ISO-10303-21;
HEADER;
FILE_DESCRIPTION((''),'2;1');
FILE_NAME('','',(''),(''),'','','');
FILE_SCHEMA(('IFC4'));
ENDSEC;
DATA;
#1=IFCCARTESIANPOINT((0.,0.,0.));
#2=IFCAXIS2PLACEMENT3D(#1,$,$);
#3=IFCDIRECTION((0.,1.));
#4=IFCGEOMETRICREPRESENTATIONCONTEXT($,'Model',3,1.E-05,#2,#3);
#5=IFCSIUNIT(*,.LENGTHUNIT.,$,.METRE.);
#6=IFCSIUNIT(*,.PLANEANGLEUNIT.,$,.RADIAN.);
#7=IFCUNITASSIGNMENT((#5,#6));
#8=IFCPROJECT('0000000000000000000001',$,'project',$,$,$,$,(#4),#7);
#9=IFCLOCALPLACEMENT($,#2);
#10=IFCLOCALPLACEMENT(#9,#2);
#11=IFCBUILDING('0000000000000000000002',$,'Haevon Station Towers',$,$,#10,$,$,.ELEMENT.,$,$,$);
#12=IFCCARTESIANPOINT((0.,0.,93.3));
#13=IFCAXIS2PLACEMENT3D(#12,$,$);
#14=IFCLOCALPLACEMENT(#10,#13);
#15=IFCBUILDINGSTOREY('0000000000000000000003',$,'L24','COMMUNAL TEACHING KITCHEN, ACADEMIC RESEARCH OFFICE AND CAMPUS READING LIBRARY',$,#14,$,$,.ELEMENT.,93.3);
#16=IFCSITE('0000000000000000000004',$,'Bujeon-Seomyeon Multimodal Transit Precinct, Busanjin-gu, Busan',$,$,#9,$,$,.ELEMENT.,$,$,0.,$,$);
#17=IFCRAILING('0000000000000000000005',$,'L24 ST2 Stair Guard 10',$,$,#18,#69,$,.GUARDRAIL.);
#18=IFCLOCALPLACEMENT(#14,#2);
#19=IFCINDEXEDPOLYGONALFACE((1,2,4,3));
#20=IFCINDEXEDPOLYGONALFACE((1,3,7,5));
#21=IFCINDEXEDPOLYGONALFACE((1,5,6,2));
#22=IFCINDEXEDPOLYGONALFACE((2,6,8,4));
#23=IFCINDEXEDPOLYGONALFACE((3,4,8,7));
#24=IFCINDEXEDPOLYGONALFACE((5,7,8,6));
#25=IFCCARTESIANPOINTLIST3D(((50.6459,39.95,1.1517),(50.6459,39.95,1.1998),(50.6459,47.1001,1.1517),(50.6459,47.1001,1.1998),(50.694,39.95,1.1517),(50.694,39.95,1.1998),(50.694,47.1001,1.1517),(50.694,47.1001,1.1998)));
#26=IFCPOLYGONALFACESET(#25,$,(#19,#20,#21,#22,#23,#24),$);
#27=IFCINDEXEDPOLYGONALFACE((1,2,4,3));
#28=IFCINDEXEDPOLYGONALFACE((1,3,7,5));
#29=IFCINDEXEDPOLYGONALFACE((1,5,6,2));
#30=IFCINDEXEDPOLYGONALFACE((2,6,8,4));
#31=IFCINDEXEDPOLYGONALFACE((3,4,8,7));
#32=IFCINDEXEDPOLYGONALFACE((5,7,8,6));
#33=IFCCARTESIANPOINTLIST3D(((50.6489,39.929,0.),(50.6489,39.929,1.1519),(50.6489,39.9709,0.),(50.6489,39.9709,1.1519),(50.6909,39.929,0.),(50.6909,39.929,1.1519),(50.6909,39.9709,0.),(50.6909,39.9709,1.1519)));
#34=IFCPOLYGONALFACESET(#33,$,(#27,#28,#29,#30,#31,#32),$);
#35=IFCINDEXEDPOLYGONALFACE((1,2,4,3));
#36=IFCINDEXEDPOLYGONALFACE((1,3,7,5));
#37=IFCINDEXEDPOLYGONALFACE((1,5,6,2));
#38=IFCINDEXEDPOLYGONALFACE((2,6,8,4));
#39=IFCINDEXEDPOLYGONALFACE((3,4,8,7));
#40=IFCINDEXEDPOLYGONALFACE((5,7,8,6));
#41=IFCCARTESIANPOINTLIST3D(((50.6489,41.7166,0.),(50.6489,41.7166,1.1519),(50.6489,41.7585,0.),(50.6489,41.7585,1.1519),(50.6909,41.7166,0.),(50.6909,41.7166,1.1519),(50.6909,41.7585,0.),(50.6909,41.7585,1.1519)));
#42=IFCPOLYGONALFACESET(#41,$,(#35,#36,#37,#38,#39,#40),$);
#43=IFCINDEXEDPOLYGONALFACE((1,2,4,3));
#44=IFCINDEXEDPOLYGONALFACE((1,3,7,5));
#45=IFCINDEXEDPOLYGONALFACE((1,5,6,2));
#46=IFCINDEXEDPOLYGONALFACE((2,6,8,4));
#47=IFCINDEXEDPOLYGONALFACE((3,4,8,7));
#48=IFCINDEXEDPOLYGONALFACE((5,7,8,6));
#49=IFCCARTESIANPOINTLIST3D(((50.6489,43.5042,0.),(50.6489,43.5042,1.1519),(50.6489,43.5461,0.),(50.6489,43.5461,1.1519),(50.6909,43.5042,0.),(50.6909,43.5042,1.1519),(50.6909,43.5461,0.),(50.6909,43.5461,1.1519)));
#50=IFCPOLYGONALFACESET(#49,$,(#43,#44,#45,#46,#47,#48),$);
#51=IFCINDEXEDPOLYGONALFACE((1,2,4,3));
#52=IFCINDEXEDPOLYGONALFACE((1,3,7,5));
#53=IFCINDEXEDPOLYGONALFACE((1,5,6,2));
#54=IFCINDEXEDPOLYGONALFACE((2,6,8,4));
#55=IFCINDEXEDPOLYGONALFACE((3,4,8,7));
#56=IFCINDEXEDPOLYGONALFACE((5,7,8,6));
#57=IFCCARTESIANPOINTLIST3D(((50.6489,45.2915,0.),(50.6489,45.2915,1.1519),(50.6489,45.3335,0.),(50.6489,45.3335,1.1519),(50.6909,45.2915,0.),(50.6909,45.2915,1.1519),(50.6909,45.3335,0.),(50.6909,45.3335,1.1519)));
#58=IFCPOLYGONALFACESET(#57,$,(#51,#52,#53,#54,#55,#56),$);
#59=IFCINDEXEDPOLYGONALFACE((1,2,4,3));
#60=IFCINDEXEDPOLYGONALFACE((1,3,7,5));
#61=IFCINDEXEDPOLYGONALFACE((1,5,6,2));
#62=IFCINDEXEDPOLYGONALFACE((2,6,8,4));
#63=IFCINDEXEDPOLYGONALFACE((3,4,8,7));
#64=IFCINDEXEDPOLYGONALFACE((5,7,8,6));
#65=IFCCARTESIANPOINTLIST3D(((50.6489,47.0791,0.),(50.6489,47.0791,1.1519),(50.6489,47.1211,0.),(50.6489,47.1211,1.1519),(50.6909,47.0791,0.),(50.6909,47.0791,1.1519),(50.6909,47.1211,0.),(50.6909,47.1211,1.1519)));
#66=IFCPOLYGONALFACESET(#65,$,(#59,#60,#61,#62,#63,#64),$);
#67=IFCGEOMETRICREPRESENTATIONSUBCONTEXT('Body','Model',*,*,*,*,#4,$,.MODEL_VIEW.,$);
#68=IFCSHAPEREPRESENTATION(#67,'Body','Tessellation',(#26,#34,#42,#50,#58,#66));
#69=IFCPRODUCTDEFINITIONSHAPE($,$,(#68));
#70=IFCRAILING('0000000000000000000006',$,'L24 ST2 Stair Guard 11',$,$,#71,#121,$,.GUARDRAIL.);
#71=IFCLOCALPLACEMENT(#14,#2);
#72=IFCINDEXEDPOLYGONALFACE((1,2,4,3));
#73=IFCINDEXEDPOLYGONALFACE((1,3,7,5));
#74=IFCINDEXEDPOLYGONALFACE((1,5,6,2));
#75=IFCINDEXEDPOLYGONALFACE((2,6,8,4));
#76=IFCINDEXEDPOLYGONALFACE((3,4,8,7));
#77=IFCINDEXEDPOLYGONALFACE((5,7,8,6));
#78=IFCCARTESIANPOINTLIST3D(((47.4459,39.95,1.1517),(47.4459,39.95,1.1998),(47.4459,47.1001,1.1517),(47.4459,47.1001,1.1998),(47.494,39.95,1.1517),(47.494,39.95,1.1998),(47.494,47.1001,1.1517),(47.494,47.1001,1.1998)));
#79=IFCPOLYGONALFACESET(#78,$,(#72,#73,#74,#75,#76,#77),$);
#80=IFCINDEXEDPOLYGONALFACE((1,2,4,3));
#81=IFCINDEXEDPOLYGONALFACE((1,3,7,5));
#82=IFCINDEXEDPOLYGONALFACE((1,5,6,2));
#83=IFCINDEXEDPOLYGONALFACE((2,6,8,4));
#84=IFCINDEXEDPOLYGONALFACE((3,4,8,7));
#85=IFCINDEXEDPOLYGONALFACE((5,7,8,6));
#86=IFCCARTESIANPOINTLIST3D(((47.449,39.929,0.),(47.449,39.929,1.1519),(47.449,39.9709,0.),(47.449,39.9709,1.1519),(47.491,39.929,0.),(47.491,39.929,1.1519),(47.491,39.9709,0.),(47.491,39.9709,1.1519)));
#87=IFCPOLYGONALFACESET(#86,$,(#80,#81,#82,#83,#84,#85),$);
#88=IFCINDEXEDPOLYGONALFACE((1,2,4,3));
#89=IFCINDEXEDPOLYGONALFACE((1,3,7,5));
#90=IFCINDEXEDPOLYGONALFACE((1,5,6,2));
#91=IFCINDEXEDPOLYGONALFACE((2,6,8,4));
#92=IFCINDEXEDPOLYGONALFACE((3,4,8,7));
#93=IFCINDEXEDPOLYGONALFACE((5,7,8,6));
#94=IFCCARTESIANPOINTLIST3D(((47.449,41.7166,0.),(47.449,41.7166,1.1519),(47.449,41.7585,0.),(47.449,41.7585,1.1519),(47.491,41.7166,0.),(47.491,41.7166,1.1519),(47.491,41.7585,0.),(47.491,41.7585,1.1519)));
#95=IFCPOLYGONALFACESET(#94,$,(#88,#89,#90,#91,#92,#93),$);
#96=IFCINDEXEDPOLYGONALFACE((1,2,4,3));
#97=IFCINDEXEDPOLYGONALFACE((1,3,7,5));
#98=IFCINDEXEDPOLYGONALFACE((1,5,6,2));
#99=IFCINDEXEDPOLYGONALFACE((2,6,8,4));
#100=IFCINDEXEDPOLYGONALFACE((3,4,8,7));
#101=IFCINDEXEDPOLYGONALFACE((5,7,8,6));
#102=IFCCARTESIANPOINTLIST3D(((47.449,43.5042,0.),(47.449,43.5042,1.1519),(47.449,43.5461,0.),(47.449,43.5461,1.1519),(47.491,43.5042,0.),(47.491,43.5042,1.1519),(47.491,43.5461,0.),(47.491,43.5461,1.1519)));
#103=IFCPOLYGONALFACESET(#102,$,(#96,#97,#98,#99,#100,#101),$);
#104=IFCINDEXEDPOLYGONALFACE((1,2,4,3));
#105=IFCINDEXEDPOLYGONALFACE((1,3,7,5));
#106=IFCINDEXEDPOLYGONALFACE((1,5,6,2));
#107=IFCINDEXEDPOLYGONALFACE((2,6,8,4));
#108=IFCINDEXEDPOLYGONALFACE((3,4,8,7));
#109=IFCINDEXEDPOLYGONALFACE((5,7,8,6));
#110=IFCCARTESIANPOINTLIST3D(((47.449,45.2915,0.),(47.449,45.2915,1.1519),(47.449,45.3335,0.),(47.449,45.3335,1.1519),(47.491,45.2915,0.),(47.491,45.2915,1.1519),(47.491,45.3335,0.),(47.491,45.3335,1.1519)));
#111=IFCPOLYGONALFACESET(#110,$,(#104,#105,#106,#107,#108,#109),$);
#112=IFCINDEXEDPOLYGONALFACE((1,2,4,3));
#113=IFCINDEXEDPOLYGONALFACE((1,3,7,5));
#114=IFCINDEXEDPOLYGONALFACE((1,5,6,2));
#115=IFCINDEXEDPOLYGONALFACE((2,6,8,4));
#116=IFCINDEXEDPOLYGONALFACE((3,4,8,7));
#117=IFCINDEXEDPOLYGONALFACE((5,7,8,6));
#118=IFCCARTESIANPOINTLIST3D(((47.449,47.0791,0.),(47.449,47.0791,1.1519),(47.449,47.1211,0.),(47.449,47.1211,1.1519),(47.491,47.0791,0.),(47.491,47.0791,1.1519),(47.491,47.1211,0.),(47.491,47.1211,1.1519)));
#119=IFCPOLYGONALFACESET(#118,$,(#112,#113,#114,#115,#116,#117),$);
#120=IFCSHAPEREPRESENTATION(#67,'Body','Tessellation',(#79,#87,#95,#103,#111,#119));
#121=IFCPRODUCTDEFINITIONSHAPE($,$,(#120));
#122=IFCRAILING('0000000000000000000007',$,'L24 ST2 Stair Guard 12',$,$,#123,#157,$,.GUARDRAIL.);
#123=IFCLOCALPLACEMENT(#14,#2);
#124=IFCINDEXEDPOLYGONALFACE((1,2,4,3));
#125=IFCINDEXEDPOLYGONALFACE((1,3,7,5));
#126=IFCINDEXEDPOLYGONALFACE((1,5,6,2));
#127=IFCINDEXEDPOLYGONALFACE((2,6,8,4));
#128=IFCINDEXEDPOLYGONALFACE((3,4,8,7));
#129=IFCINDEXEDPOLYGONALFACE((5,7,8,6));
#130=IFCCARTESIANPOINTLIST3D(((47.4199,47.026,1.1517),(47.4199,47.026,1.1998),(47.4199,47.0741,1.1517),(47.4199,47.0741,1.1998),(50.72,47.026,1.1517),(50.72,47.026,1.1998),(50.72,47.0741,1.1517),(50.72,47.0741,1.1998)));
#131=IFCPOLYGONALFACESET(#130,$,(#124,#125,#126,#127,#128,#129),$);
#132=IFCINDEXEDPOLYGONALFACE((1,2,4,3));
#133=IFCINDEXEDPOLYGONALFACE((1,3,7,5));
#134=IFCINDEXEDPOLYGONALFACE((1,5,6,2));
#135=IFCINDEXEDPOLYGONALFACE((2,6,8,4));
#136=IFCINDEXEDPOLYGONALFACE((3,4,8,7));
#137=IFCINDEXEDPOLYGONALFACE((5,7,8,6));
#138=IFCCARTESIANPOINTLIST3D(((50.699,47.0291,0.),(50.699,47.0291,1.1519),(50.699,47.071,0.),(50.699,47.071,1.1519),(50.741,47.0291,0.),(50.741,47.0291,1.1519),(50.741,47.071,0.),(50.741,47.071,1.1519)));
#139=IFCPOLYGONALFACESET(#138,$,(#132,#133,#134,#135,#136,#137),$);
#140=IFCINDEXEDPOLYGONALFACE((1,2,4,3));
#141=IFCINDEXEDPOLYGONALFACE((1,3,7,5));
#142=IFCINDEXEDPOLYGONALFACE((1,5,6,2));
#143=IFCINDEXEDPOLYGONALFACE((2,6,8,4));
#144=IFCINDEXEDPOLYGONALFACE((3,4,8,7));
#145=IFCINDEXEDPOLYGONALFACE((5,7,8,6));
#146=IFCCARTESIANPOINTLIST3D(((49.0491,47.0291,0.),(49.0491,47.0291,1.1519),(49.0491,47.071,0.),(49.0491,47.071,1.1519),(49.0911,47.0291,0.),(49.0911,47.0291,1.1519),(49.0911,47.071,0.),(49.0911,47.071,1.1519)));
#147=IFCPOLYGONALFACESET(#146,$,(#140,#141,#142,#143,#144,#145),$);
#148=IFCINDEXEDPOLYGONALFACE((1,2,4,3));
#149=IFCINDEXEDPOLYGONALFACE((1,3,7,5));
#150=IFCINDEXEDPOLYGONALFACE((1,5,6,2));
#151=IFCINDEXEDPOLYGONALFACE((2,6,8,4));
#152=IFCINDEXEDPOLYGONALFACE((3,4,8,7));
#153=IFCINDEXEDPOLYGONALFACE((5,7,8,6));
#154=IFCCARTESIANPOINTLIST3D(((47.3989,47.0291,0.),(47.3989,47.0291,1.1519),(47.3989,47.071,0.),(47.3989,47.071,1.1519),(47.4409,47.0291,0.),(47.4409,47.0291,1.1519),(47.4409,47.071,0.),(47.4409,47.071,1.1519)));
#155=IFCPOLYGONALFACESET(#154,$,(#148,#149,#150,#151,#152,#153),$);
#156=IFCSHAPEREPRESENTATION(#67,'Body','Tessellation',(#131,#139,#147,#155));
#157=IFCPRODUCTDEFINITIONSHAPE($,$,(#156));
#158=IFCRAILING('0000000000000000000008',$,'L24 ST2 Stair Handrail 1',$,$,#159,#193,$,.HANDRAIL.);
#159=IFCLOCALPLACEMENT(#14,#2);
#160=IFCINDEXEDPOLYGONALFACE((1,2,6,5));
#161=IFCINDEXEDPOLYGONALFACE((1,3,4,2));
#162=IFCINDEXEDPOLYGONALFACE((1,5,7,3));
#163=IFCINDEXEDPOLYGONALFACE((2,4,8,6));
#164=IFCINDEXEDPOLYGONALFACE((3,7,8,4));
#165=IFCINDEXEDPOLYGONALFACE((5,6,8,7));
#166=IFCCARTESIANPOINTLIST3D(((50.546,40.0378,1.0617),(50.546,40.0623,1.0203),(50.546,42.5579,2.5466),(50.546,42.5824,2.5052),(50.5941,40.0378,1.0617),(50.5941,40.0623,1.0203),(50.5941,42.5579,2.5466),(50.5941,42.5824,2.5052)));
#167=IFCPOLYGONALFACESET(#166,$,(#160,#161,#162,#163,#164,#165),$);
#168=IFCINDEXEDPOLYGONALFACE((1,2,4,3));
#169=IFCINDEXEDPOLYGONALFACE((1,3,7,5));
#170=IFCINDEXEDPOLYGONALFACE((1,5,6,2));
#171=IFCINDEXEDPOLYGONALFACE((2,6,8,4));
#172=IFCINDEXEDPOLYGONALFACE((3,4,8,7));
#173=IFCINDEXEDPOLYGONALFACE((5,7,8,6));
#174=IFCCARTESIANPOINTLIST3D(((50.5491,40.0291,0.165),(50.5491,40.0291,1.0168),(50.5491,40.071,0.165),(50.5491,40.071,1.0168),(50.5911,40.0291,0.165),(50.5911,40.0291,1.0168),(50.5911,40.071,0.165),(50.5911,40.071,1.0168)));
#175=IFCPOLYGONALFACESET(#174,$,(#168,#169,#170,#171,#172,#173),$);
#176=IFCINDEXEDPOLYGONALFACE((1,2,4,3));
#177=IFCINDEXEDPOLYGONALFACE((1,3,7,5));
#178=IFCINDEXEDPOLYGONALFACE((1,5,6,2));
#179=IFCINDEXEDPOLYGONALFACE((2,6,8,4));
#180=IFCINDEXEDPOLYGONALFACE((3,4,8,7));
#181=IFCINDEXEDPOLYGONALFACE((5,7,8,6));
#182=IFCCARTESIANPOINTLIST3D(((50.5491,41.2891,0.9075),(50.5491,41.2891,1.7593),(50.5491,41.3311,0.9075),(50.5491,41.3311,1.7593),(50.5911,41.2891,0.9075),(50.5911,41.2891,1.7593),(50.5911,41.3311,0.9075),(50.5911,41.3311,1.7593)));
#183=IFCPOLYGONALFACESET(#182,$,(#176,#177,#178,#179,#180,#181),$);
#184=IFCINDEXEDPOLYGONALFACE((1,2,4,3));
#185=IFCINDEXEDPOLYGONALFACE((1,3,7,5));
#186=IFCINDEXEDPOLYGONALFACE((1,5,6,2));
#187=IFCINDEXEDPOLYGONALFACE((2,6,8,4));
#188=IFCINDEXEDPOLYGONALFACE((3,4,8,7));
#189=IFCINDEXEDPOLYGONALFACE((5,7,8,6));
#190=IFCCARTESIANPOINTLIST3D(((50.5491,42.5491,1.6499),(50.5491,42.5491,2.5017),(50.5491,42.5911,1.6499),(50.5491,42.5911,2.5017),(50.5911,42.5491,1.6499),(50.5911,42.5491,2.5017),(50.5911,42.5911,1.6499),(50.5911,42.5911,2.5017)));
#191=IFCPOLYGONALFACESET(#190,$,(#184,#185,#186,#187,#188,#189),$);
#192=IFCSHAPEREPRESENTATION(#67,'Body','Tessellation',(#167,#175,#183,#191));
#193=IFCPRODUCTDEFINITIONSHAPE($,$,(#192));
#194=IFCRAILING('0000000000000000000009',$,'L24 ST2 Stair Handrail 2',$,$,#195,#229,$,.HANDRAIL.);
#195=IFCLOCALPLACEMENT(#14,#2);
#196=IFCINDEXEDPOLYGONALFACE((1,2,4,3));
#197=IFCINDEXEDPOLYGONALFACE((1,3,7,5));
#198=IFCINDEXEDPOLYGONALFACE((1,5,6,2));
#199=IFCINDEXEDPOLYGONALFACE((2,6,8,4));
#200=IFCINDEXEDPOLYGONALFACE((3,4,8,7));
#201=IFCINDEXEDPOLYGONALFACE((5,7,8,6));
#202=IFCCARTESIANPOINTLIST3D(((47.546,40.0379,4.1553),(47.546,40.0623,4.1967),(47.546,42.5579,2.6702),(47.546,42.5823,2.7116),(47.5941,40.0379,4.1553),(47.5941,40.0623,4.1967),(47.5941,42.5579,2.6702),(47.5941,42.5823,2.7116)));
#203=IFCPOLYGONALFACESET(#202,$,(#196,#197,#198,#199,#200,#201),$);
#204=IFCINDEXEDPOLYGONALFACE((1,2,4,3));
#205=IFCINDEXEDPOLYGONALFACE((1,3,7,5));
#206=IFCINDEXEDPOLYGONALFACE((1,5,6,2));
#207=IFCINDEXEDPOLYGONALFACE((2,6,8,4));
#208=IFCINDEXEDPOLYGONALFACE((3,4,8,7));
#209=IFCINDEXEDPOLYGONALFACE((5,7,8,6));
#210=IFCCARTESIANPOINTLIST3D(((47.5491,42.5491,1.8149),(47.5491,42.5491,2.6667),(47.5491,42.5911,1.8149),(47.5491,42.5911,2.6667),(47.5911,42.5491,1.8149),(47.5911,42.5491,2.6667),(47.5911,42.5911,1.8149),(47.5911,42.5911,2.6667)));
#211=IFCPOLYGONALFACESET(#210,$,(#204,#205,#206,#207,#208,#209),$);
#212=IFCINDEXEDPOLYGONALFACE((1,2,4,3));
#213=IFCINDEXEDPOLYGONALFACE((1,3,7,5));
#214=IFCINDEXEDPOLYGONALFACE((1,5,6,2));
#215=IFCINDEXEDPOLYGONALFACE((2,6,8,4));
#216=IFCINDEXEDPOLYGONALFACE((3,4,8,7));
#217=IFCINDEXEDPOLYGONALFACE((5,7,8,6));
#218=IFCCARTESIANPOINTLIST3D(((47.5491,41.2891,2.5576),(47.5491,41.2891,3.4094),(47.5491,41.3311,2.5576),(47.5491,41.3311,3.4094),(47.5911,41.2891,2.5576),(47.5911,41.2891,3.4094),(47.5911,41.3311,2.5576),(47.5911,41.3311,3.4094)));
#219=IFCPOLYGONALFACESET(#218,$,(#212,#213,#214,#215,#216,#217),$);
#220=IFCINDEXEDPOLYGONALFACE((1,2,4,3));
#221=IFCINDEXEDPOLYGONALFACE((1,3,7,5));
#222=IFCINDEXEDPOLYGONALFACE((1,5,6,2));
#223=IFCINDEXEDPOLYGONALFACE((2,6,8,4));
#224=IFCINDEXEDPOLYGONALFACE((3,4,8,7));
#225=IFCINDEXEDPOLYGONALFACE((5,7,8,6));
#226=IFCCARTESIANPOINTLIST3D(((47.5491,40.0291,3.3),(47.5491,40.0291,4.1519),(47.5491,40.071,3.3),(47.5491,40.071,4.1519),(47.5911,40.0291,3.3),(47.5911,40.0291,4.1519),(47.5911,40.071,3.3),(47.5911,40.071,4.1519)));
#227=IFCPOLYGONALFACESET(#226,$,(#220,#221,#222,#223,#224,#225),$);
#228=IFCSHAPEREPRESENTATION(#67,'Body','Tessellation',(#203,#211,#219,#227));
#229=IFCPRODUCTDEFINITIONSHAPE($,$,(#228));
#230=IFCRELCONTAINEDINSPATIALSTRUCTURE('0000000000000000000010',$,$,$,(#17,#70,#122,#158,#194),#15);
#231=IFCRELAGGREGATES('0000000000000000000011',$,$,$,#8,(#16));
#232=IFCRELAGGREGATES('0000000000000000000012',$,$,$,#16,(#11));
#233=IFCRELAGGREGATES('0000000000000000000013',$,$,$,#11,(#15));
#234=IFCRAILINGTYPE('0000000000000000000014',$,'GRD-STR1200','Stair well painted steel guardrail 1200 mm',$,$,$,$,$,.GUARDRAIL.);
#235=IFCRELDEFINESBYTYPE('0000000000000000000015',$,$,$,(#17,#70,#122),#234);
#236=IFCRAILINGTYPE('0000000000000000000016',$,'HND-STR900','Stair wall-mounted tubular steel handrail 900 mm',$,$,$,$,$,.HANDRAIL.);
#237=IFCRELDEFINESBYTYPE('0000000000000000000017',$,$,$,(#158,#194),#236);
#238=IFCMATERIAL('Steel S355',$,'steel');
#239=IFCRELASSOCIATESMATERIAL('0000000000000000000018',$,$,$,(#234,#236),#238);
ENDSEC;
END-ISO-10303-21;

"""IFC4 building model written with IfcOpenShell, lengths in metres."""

from ifc_helpers import new_model, si_unit, direction, frame, origin, origin_2d, place, context, subcontext, project, spatial, rectangle, extrude, material, type_object, element, save


model = new_model("IFC4")

# Units and contexts
model_context = context("Model", 3, precision=1e-05, world=origin(), true_north=direction((0.0, 1.0)))
body_context = subcontext(model_context, "Body", "Model", "MODEL_VIEW")
ifc_project = project(units=[si_unit("LENGTHUNIT", "METRE"), si_unit("PLANEANGLEUNIT", "RADIAN")], contexts=[model_context])

# Site, building, storey
site_placement = place(None, origin())
site = spatial("IfcSite", under=ifc_project, at=site_placement, Name="Bujeon-Seomyeon Multimodal Transit Precinct, Busanjin-gu, Busan", CompositionType="ELEMENT", RefElevation=0.0)
building_placement = place(site_placement, origin())
building = spatial("IfcBuilding", under=site, at=building_placement, Name="Haevon Station Towers", CompositionType="ELEMENT")
storey_placement = place(building_placement, frame((0.0, 0.0, 93.3)))
storey = spatial("IfcBuildingStorey", under=building, at=storey_placement, Name="L24", Description="COMMUNAL TEACHING KITCHEN, ACADEMIC RESEARCH OFFICE AND CAMPUS READING LIBRARY", CompositionType="ELEMENT", Elevation=93.3)

# Shared definitions
ifc_material_1 = material(Name="Steel S355", Category="steel")

# Railings
railing_type_1 = type_object("IfcRailingType", Name="GRD-STR1200", Description="Stair well painted steel guardrail 1200 mm", PredefinedType="GUARDRAIL", material=ifc_material_1)
for number, where, name in (
    (1, (50.6699, 39.95, 0.0), "L24 ST2 Stair Guard 10"),
    (2, (47.47, 39.95, 0.0), "L24 ST2 Stair Guard 11"),
):
    element("IfcRailing", number, at=place(storey_placement, frame(where)), inside=storey, type_object=railing_type_1, Name=name, PredefinedType="GUARDRAIL", context=body_context, shape_type="SweptSolid", body=[
        extrude(rectangle(XDim=0.0481, YDim=0.0481, at=origin_2d()), frame((0.0, 0.0, 1.1758), z_axis=(0.0, 1.0, 0.0), x_axis=(-1.0, 0.0, 0.0)), (0.0, 0.0, 1.0), 7.1501),
        extrude(rectangle(XDim=0.042, YDim=0.042, at=origin_2d()), origin(), (0.0, 0.0, 1.0), 1.1519),
        extrude(rectangle(XDim=0.042, YDim=0.042, at=origin_2d()), frame((0.0, 1.7876, 0.0)), (0.0, 0.0, 1.0), 1.1519),
        extrude(rectangle(XDim=0.042, YDim=0.042, at=origin_2d()), frame((0.0, 3.5752, 0.0)), (0.0, 0.0, 1.0), 1.1519),
        extrude(rectangle(XDim=0.042, YDim=0.042, at=origin_2d()), frame((0.0, 5.3625, 0.0)), (0.0, 0.0, 1.0), 1.1519),
        extrude(rectangle(XDim=0.042, YDim=0.042, at=origin_2d()), frame((0.0, 7.1501, 0.0)), (0.0, 0.0, 1.0), 1.1519),
    ])
railing_1_placement = place(storey_placement, frame((50.72, 47.05, 0.0)))
element("IfcRailing", 3, at=railing_1_placement, inside=storey, type_object=railing_type_1, Name="L24 ST2 Stair Guard 12", PredefinedType="GUARDRAIL", context=body_context, shape_type="SweptSolid", body=[
    extrude(rectangle(XDim=0.0481, YDim=0.0481, at=origin_2d()), frame((0.0, 0.0, 1.1758), z_axis=(-1.0, 0.0, 0.0), x_axis=(0.0, -1.0, 0.0)), (0.0, 0.0, 1.0), 3.3),
    extrude(rectangle(XDim=0.042, YDim=0.042, at=origin_2d()), origin(), (0.0, 0.0, 1.0), 1.1519),
    extrude(rectangle(XDim=0.042, YDim=0.042, at=origin_2d()), frame((-1.6499, 0.0, 0.0)), (0.0, 0.0, 1.0), 1.1519),
    extrude(rectangle(XDim=0.042, YDim=0.042, at=origin_2d()), frame((-3.3, 0.0, 0.0)), (0.0, 0.0, 1.0), 1.1519),
])
railing_type_2 = type_object("IfcRailingType", Name="HND-STR900", Description="Stair wall-mounted tubular steel handrail 900 mm", PredefinedType="HANDRAIL", material=ifc_material_1)
railing_2_placement = place(storey_placement, frame((50.5701, 40.05, 0.165)))
element("IfcRailing", 4, at=railing_2_placement, inside=storey, type_object=railing_type_2, Name="L24 ST2 Stair Handrail 1", PredefinedType="HANDRAIL", context=body_context, shape_type="SweptSolid", body=[
    extrude(rectangle(XDim=0.0481, YDim=0.0481, at=origin_2d()), frame((0.0, 0.0, 0.876), z_axis=(0.0, 0.861561, 0.507655), x_axis=(-1.0, 0.0, 0.0)), (0.0, 0.0, 1.0), 2.925),
    extrude(rectangle(XDim=0.042, YDim=0.042, at=origin_2d()), origin(), (0.0, 0.0, 1.0), 0.8518),
    extrude(rectangle(XDim=0.042, YDim=0.042, at=origin_2d()), frame((0.0, 1.26, 0.7424)), (0.0, 0.0, 1.0), 0.8518),
    extrude(rectangle(XDim=0.042, YDim=0.042, at=origin_2d()), frame((0.0, 2.52, 1.4849)), (0.0, 0.0, 1.0), 0.8518),
])
railing_3_placement = place(storey_placement, frame((47.5701, 42.5701, 1.8149)))
element("IfcRailing", 5, at=railing_3_placement, inside=storey, type_object=railing_type_2, Name="L24 ST2 Stair Handrail 2", PredefinedType="HANDRAIL", context=body_context, shape_type="SweptSolid", body=[
    extrude(rectangle(XDim=0.0481, YDim=0.0481, at=origin_2d()), frame((0.0, 0.0, 0.876), z_axis=(0.0, -0.861524, 0.507717), x_axis=(1.0, 0.0, 0.0)), (0.0, 0.0, 1.0), 2.925),
    extrude(rectangle(XDim=0.042, YDim=0.042, at=origin_2d()), origin(), (0.0, 0.0, 1.0), 0.8518),
    extrude(rectangle(XDim=0.042, YDim=0.042, at=origin_2d()), frame((0.0, -1.26, 0.7427)), (0.0, 0.0, 1.0), 0.8518),
    extrude(rectangle(XDim=0.042, YDim=0.042, at=origin_2d()), frame((0.0, -2.52, 1.4851)), (0.0, 0.0, 1.0), 0.8518),
])

save(model, "model.ifc")
